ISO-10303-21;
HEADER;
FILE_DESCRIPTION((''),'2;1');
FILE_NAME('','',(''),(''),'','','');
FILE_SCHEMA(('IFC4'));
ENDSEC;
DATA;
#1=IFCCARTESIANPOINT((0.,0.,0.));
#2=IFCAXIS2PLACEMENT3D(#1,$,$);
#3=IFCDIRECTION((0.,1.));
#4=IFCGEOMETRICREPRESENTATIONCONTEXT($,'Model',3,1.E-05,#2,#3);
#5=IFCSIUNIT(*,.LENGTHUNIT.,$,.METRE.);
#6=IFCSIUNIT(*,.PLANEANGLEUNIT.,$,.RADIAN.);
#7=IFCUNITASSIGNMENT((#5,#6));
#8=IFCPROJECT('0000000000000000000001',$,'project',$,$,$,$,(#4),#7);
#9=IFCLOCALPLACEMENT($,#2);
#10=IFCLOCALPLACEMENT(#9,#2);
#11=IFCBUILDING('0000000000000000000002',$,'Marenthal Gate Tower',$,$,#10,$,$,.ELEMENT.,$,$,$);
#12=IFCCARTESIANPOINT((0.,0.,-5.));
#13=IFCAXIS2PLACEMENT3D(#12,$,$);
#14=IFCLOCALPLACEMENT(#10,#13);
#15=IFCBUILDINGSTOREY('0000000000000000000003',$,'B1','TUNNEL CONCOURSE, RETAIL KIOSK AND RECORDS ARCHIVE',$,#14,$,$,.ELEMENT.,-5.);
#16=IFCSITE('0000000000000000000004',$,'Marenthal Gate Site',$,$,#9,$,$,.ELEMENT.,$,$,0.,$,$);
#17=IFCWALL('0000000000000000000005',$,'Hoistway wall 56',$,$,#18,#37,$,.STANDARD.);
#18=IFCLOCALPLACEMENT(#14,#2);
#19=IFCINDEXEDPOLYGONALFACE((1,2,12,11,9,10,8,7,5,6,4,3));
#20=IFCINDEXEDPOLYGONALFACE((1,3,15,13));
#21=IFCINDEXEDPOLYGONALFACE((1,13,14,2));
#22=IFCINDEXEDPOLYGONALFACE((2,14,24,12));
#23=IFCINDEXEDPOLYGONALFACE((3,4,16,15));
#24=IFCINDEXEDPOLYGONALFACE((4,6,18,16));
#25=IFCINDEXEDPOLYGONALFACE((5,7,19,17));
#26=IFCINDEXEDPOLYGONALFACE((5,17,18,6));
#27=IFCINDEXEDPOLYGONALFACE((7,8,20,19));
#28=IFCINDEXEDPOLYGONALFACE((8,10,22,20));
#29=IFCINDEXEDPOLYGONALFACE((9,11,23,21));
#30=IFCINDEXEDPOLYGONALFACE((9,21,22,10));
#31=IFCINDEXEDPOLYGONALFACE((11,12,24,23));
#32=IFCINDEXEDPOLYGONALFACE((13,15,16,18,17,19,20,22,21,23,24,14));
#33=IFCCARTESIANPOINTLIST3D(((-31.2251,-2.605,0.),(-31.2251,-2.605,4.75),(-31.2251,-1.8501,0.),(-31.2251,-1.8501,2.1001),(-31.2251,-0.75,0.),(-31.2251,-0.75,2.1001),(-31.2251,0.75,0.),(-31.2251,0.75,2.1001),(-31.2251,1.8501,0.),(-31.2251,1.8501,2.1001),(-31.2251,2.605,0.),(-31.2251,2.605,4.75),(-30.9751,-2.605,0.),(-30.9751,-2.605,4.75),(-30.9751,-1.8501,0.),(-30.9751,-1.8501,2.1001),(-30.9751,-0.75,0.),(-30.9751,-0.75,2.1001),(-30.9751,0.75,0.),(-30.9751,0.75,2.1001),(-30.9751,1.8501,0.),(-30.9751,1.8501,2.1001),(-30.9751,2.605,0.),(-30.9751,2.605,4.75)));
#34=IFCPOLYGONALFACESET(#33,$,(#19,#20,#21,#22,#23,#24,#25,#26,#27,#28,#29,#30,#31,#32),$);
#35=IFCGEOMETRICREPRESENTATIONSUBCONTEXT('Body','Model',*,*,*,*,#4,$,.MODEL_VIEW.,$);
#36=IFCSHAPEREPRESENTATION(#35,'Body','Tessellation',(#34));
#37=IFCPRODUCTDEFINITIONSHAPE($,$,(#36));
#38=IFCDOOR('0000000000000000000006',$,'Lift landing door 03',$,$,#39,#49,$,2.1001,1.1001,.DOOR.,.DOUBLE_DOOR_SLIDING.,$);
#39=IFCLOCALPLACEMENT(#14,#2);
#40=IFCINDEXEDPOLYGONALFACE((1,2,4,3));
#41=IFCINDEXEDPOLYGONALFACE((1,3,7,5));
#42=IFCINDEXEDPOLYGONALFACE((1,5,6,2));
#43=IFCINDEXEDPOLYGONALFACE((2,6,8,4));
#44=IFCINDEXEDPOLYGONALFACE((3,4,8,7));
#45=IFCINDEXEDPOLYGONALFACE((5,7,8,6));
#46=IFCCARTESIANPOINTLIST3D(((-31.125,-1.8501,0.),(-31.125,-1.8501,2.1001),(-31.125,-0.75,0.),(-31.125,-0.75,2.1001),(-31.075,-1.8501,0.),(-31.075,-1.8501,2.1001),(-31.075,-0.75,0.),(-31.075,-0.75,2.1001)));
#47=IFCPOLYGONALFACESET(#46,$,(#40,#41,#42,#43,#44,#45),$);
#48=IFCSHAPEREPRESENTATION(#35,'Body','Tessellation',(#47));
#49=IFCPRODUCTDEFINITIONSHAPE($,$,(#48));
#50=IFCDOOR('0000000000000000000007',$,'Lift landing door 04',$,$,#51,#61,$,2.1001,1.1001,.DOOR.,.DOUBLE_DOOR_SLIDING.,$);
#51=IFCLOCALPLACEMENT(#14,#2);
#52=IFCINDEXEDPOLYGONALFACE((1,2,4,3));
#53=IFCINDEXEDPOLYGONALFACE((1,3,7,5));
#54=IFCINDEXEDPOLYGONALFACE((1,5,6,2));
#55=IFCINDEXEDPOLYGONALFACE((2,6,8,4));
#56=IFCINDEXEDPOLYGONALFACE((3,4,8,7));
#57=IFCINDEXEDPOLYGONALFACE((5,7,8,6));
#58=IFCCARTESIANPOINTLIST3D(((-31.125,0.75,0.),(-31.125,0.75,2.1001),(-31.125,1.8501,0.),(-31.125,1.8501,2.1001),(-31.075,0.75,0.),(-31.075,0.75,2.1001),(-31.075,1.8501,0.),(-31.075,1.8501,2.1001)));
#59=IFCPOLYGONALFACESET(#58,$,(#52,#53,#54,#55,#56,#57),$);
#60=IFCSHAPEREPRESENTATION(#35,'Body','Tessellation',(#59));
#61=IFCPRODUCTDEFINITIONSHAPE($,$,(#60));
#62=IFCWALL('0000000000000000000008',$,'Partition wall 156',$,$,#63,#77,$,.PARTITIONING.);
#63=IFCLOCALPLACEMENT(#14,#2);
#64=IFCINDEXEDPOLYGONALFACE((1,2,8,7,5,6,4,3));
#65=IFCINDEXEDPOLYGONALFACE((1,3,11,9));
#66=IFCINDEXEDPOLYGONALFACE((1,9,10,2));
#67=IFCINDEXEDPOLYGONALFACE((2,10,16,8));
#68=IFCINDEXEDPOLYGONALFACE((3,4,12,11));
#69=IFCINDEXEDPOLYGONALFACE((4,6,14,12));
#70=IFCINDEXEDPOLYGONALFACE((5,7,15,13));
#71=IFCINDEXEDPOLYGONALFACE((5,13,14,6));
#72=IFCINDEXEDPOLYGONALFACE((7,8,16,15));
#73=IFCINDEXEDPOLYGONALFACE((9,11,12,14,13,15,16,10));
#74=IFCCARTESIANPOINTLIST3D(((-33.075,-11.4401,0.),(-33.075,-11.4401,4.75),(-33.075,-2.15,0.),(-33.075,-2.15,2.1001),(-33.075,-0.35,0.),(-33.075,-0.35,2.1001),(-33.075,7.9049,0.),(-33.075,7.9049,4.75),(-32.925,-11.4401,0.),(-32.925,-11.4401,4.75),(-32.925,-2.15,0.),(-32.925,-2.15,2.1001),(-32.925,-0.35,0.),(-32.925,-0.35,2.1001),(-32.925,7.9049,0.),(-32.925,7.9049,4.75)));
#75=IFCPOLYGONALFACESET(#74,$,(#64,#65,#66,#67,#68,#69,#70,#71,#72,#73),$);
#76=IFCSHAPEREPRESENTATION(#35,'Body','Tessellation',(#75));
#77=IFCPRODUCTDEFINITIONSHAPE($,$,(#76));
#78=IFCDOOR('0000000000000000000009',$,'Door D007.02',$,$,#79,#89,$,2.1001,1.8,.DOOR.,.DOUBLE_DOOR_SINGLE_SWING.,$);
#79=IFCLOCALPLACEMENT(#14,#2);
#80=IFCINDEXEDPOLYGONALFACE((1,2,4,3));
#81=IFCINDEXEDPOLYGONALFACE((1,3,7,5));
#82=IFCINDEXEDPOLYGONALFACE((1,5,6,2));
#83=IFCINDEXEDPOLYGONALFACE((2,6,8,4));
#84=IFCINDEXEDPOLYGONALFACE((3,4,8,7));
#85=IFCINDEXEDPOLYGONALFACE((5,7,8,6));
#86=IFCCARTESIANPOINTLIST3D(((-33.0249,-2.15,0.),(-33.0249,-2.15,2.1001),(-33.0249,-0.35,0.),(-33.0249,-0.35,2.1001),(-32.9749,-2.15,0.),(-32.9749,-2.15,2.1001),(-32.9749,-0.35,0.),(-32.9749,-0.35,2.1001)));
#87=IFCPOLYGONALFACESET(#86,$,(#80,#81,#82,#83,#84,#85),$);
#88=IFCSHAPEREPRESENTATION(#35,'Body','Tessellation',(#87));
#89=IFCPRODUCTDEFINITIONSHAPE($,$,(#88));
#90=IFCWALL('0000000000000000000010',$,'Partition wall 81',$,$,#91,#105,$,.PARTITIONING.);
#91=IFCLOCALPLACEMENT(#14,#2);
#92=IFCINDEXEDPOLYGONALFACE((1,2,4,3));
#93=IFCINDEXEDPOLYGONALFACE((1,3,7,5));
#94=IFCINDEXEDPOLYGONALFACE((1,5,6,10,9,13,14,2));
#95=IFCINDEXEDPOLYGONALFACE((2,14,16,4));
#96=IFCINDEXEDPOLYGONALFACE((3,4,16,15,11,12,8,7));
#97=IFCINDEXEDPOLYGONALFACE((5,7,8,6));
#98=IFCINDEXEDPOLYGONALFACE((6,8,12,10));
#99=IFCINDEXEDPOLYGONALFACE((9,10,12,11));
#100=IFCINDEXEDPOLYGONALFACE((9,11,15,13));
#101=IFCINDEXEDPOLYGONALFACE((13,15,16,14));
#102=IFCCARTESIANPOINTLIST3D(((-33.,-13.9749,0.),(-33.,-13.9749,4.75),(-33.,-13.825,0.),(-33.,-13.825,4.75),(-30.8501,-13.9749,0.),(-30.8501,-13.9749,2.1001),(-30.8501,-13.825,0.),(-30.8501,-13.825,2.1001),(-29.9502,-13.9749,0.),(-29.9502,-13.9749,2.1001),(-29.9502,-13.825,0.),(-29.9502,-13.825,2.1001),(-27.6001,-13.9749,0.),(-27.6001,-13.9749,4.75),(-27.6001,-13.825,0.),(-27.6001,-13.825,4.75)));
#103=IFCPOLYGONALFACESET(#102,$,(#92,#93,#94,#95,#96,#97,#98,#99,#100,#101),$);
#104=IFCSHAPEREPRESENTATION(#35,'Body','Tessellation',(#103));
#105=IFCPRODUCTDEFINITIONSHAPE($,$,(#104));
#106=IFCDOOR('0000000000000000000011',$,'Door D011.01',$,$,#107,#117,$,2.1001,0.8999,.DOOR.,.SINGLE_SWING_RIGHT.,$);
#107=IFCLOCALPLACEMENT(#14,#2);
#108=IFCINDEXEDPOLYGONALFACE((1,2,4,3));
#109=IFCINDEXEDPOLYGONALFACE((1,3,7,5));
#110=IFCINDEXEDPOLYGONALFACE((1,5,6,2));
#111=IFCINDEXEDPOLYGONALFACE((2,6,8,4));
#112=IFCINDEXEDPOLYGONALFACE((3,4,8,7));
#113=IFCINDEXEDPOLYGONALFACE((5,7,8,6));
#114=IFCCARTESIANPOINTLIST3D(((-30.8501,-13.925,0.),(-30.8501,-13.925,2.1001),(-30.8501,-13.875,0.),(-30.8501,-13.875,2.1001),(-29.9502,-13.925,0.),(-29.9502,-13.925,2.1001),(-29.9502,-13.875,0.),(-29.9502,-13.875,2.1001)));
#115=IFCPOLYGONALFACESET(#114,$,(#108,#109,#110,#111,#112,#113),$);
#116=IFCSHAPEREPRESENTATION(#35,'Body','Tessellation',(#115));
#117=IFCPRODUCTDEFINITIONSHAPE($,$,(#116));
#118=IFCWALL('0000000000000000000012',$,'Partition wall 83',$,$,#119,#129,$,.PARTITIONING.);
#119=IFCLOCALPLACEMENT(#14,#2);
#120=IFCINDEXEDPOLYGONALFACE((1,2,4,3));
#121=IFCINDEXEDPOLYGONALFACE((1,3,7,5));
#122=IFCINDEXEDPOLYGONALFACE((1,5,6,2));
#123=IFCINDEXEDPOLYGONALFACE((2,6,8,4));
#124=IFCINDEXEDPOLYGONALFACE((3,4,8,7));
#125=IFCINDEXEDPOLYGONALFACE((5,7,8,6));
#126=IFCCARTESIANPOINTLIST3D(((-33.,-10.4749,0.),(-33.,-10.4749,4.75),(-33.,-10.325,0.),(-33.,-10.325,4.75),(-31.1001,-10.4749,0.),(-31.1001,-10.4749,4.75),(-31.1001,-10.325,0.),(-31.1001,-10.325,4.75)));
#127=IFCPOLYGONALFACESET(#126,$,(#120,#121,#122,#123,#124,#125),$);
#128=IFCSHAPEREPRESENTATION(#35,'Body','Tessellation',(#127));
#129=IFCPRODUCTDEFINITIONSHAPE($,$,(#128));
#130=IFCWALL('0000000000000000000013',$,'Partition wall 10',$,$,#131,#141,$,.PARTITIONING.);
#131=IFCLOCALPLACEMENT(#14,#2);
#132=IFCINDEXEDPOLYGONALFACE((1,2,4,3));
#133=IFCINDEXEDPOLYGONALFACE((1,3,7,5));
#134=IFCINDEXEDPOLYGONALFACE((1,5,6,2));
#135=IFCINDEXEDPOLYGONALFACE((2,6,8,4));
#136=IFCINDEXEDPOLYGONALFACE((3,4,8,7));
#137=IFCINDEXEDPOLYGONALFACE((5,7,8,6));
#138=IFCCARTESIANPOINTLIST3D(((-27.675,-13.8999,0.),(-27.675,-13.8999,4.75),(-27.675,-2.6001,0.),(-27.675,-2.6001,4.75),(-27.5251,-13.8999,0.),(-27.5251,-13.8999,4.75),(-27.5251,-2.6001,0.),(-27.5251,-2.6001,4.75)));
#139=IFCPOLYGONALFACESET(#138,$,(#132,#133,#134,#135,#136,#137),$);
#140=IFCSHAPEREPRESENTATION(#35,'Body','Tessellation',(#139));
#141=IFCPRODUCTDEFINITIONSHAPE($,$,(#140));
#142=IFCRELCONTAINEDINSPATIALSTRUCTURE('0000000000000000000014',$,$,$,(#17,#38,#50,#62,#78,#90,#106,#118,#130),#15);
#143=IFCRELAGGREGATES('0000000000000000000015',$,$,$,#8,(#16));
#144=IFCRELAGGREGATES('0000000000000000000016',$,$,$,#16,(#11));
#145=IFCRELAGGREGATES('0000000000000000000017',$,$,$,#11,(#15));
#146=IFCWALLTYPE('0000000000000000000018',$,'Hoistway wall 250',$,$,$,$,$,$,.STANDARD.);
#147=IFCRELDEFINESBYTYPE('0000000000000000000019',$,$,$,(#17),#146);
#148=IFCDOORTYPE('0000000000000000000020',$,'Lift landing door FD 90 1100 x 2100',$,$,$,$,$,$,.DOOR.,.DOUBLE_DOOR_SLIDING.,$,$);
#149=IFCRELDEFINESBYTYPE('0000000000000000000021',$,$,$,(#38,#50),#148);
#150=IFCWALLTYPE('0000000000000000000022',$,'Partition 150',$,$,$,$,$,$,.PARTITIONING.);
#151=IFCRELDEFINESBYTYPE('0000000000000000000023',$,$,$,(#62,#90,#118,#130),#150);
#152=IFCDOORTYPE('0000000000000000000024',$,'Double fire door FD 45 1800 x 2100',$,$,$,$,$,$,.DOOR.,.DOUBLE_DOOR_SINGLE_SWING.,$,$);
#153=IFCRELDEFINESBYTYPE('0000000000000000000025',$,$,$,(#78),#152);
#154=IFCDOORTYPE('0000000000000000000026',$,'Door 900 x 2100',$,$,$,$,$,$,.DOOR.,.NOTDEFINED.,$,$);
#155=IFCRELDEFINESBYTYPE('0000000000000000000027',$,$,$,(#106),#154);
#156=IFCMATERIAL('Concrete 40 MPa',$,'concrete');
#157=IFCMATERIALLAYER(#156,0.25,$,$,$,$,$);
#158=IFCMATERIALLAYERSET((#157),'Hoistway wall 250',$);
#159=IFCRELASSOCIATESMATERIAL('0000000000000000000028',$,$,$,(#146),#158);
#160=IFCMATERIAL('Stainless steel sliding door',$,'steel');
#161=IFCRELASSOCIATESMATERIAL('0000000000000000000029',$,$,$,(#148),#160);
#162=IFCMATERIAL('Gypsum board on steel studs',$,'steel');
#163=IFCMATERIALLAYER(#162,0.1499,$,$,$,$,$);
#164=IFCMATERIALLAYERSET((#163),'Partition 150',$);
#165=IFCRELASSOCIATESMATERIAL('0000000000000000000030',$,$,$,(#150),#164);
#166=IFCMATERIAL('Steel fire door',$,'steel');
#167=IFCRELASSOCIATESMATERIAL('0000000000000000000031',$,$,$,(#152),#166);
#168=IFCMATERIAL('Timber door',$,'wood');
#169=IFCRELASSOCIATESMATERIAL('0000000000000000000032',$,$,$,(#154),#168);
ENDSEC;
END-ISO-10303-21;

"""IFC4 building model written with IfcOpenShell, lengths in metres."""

from ifc_helpers import new_model, si_unit, direction, frame, frame_2d, origin, place, context, subcontext, project, spatial, rectangle, extrude, material, layer, layer_set, type_object, element, fill, save


model = new_model("IFC4")

# Units and contexts
model_context = context("Model", 3, precision=1e-05, world=origin(), true_north=direction((0.0, 1.0)))
body_context = subcontext(model_context, "Body", "Model", "MODEL_VIEW")
ifc_project = project(units=[si_unit("LENGTHUNIT", "METRE"), si_unit("PLANEANGLEUNIT", "RADIAN")], contexts=[model_context])

# Site, building, storey
site_placement = place(None, origin())
site = spatial("IfcSite", under=ifc_project, at=site_placement, Name="Marenthal Gate Site", CompositionType="ELEMENT", RefElevation=0.0)
building_placement = place(site_placement, origin())
building = spatial("IfcBuilding", under=site, at=building_placement, Name="Marenthal Gate Tower", CompositionType="ELEMENT")
storey_placement = place(building_placement, frame((0.0, 0.0, -5.0)))
storey = spatial("IfcBuildingStorey", under=building, at=storey_placement, Name="B1", Description="TUNNEL CONCOURSE, RETAIL KIOSK AND RECORDS ARCHIVE", CompositionType="ELEMENT", Elevation=-5.0)

# Shared definitions
ifc_material_1 = material(Name="Concrete 40 MPa", Category="concrete")
ifc_layer_1 = layer(ifc_material_1, 0.25)
ifc_layer_set_1 = layer_set([ifc_layer_1], Name="Hoistway wall 250")
wall_type_1 = type_object("IfcWallType", Name="Hoistway wall 250", PredefinedType="STANDARD", material=ifc_layer_set_1)

# Wall, openings, doors
wall_1_placement = place(storey_placement, frame((-31.1001, -2.605, 0.0), z_axis=(0.0, 0.0, 1.0), x_axis=(0.0, 1.0, 0.0)))
wall_1 = element("IfcWall", 1, at=wall_1_placement, inside=storey, type_object=wall_type_1, Name="Hoistway wall 56", PredefinedType="STANDARD", context=body_context, shape_type="SweptSolid", body=[
    extrude(rectangle(XDim=5.21, YDim=0.25, at=frame_2d((2.605, 0.0))), origin(), (0.0, 0.0, 1.0), 4.75),
])
opening_1_placement = place(wall_1_placement, frame((0.7549, 0.0, 0.0)))
opening_1 = element("IfcOpeningElement", 2, at=opening_1_placement, cuts=wall_1, PredefinedType="OPENING", context=body_context, shape_type="SweptSolid", body=[
    extrude(rectangle(XDim=1.1001, YDim=2.1001, at=frame_2d((0.55, 1.05))), frame((0.0, 0.135, 0.0), z_axis=(0.0, -1.0, 0.0), x_axis=(1.0, 0.0, 0.0)), (0.0, 0.0, 1.0), 0.27),
])
opening_2_placement = place(wall_1_placement, frame((3.355, 0.0, 0.0)))
opening_2 = element("IfcOpeningElement", 3, at=opening_2_placement, cuts=wall_1, PredefinedType="OPENING", context=body_context, shape_type="SweptSolid", body=[
    extrude(rectangle(XDim=1.1001, YDim=2.1001, at=frame_2d((0.55, 1.05))), frame((0.0, 0.135, 0.0), z_axis=(0.0, -1.0, 0.0), x_axis=(1.0, 0.0, 0.0)), (0.0, 0.0, 1.0), 0.27),
])
ifc_material_2 = material(Name="Stainless steel sliding door", Category="steel")
door_type_1 = type_object("IfcDoorType", Name="Lift landing door FD 90 1100 x 2100", OperationType="DOUBLE_DOOR_SLIDING", PredefinedType="DOOR", material=ifc_material_2)
door_1_placement = place(opening_1_placement, origin())
door_1 = element("IfcDoor", 4, at=door_1_placement, inside=storey, type_object=door_type_1, Name="Lift landing door 03", OperationType="DOUBLE_DOOR_SLIDING", OverallHeight=2.1001, OverallWidth=1.1001, PredefinedType="DOOR", context=body_context, shape_type="SweptSolid", body=[
    extrude(rectangle(XDim=1.1001, YDim=2.1001, at=frame_2d((0.55, 1.05))), frame((0.0, 0.0249, 0.0), z_axis=(0.0, -1.0, 0.0), x_axis=(1.0, 0.0, 0.0)), (0.0, 0.0, 1.0), 0.05),
])
fill(opening_1, door_1)
door_2_placement = place(opening_2_placement, origin())
door_2 = element("IfcDoor", 5, at=door_2_placement, inside=storey, type_object=door_type_1, Name="Lift landing door 04", OperationType="DOUBLE_DOOR_SLIDING", OverallHeight=2.1001, OverallWidth=1.1001, PredefinedType="DOOR", context=body_context, shape_type="SweptSolid", body=[
    extrude(rectangle(XDim=1.1001, YDim=2.1001, at=frame_2d((0.55, 1.05))), frame((0.0, 0.0249, 0.0), z_axis=(0.0, -1.0, 0.0), x_axis=(1.0, 0.0, 0.0)), (0.0, 0.0, 1.0), 0.05),
])
fill(opening_2, door_2)

# Walls, openings, doors
ifc_material_3 = material(Name="Gypsum board on steel studs", Category="steel")
ifc_layer_2 = layer(ifc_material_3, 0.1499)
ifc_layer_set_2 = layer_set([ifc_layer_2], Name="Partition 150")
wall_type_2 = type_object("IfcWallType", Name="Partition 150", PredefinedType="PARTITIONING", material=ifc_layer_set_2)
wall_2_placement = place(storey_placement, frame((-33.0, -11.4399, 0.0), z_axis=(0.0, 0.0, 1.0), x_axis=(0.0, 1.0, 0.0)))
wall_2 = element("IfcWall", 6, at=wall_2_placement, inside=storey, type_object=wall_type_2, Name="Partition wall 156", PredefinedType="PARTITIONING", context=body_context, shape_type="SweptSolid", body=[
    extrude(rectangle(XDim=19.345, YDim=0.1499, at=frame_2d((9.6724, 0.0))), origin(), (0.0, 0.0, 1.0), 4.75),
])
opening_3_placement = place(wall_2_placement, frame((9.29, 0.0, 0.0)))
opening_3 = element("IfcOpeningElement", 7, at=opening_3_placement, cuts=wall_2, PredefinedType="OPENING", context=body_context, shape_type="SweptSolid", body=[
    extrude(rectangle(XDim=1.8, YDim=2.1001, at=frame_2d((0.8999, 1.05))), frame((0.0, 0.085, 0.0), z_axis=(0.0, -1.0, 0.0), x_axis=(1.0, 0.0, 0.0)), (0.0, 0.0, 1.0), 0.1699),
])
ifc_material_4 = material(Name="Steel fire door", Category="steel")
door_type_2 = type_object("IfcDoorType", Name="Double fire door FD 45 1800 x 2100", OperationType="DOUBLE_DOOR_SINGLE_SWING", PredefinedType="DOOR", material=ifc_material_4)
door_3_placement = place(opening_3_placement, origin())
door_3 = element("IfcDoor", 8, at=door_3_placement, inside=storey, type_object=door_type_2, Name="Door D007.02", OperationType="DOUBLE_DOOR_SINGLE_SWING", OverallHeight=2.1001, OverallWidth=1.8, PredefinedType="DOOR", context=body_context, shape_type="SweptSolid", body=[
    extrude(rectangle(XDim=1.8, YDim=2.1001, at=frame_2d((0.8999, 1.05))), frame((0.0, 0.0249, 0.0), z_axis=(0.0, -1.0, 0.0), x_axis=(1.0, 0.0, 0.0)), (0.0, 0.0, 1.0), 0.05),
])
fill(opening_3, door_3)
wall_3_placement = place(storey_placement, frame((-33.0, -13.8999, 0.0), z_axis=(0.0, 0.0, 1.0), x_axis=(1.0, 0.0, 0.0)))
wall_3 = element("IfcWall", 9, at=wall_3_placement, inside=storey, type_object=wall_type_2, Name="Partition wall 81", PredefinedType="PARTITIONING", context=body_context, shape_type="SweptSolid", body=[
    extrude(rectangle(XDim=5.3999, YDim=0.1499, at=frame_2d((2.7, 0.0))), origin(), (0.0, 0.0, 1.0), 4.75),
])
opening_4_placement = place(wall_3_placement, frame((2.1499, 0.0, 0.0)))
opening_4 = element("IfcOpeningElement", 10, at=opening_4_placement, cuts=wall_3, PredefinedType="OPENING", context=body_context, shape_type="SweptSolid", body=[
    extrude(rectangle(XDim=0.8999, YDim=2.1001, at=frame_2d((0.45, 1.05))), frame((0.0, 0.085, 0.0), z_axis=(0.0, -1.0, 0.0), x_axis=(1.0, 0.0, 0.0)), (0.0, 0.0, 1.0), 0.1699),
])
ifc_material_5 = material(Name="Timber door", Category="wood")
door_type_3 = type_object("IfcDoorType", Name="Door 900 x 2100", OperationType="NOTDEFINED", PredefinedType="DOOR", material=ifc_material_5)
door_4_placement = place(opening_4_placement, origin())
door_4 = element("IfcDoor", 11, at=door_4_placement, inside=storey, type_object=door_type_3, Name="Door D011.01", OperationType="SINGLE_SWING_RIGHT", OverallHeight=2.1001, OverallWidth=0.8999, PredefinedType="DOOR", context=body_context, shape_type="SweptSolid", body=[
    extrude(rectangle(XDim=0.8999, YDim=2.1001, at=frame_2d((0.45, 1.05))), frame((0.0, 0.0249, 0.0), z_axis=(0.0, -1.0, 0.0), x_axis=(1.0, 0.0, 0.0)), (0.0, 0.0, 1.0), 0.05),
])
fill(opening_4, door_4)

# Walls
wall_4_placement = place(storey_placement, frame((-33.0, -10.3999, 0.0), z_axis=(0.0, 0.0, 1.0), x_axis=(1.0, 0.0, 0.0)))
element("IfcWall", 12, at=wall_4_placement, inside=storey, type_object=wall_type_2, Name="Partition wall 83", PredefinedType="PARTITIONING", context=body_context, shape_type="SweptSolid", body=[
    extrude(rectangle(XDim=1.8999, YDim=0.1499, at=frame_2d((0.95, 0.0))), origin(), (0.0, 0.0, 1.0), 4.75),
])
wall_5_placement = place(storey_placement, frame((-27.6001, -13.8999, 0.0), z_axis=(0.0, 0.0, 1.0), x_axis=(0.0, 1.0, 0.0)))
element("IfcWall", 13, at=wall_5_placement, inside=storey, type_object=wall_type_2, Name="Partition wall 10", PredefinedType="PARTITIONING", context=body_context, shape_type="SweptSolid", body=[
    extrude(rectangle(XDim=11.2998, YDim=0.1499, at=frame_2d((5.6499, 0.0))), origin(), (0.0, 0.0, 1.0), 4.75),
])

save(model, "model.ifc")
